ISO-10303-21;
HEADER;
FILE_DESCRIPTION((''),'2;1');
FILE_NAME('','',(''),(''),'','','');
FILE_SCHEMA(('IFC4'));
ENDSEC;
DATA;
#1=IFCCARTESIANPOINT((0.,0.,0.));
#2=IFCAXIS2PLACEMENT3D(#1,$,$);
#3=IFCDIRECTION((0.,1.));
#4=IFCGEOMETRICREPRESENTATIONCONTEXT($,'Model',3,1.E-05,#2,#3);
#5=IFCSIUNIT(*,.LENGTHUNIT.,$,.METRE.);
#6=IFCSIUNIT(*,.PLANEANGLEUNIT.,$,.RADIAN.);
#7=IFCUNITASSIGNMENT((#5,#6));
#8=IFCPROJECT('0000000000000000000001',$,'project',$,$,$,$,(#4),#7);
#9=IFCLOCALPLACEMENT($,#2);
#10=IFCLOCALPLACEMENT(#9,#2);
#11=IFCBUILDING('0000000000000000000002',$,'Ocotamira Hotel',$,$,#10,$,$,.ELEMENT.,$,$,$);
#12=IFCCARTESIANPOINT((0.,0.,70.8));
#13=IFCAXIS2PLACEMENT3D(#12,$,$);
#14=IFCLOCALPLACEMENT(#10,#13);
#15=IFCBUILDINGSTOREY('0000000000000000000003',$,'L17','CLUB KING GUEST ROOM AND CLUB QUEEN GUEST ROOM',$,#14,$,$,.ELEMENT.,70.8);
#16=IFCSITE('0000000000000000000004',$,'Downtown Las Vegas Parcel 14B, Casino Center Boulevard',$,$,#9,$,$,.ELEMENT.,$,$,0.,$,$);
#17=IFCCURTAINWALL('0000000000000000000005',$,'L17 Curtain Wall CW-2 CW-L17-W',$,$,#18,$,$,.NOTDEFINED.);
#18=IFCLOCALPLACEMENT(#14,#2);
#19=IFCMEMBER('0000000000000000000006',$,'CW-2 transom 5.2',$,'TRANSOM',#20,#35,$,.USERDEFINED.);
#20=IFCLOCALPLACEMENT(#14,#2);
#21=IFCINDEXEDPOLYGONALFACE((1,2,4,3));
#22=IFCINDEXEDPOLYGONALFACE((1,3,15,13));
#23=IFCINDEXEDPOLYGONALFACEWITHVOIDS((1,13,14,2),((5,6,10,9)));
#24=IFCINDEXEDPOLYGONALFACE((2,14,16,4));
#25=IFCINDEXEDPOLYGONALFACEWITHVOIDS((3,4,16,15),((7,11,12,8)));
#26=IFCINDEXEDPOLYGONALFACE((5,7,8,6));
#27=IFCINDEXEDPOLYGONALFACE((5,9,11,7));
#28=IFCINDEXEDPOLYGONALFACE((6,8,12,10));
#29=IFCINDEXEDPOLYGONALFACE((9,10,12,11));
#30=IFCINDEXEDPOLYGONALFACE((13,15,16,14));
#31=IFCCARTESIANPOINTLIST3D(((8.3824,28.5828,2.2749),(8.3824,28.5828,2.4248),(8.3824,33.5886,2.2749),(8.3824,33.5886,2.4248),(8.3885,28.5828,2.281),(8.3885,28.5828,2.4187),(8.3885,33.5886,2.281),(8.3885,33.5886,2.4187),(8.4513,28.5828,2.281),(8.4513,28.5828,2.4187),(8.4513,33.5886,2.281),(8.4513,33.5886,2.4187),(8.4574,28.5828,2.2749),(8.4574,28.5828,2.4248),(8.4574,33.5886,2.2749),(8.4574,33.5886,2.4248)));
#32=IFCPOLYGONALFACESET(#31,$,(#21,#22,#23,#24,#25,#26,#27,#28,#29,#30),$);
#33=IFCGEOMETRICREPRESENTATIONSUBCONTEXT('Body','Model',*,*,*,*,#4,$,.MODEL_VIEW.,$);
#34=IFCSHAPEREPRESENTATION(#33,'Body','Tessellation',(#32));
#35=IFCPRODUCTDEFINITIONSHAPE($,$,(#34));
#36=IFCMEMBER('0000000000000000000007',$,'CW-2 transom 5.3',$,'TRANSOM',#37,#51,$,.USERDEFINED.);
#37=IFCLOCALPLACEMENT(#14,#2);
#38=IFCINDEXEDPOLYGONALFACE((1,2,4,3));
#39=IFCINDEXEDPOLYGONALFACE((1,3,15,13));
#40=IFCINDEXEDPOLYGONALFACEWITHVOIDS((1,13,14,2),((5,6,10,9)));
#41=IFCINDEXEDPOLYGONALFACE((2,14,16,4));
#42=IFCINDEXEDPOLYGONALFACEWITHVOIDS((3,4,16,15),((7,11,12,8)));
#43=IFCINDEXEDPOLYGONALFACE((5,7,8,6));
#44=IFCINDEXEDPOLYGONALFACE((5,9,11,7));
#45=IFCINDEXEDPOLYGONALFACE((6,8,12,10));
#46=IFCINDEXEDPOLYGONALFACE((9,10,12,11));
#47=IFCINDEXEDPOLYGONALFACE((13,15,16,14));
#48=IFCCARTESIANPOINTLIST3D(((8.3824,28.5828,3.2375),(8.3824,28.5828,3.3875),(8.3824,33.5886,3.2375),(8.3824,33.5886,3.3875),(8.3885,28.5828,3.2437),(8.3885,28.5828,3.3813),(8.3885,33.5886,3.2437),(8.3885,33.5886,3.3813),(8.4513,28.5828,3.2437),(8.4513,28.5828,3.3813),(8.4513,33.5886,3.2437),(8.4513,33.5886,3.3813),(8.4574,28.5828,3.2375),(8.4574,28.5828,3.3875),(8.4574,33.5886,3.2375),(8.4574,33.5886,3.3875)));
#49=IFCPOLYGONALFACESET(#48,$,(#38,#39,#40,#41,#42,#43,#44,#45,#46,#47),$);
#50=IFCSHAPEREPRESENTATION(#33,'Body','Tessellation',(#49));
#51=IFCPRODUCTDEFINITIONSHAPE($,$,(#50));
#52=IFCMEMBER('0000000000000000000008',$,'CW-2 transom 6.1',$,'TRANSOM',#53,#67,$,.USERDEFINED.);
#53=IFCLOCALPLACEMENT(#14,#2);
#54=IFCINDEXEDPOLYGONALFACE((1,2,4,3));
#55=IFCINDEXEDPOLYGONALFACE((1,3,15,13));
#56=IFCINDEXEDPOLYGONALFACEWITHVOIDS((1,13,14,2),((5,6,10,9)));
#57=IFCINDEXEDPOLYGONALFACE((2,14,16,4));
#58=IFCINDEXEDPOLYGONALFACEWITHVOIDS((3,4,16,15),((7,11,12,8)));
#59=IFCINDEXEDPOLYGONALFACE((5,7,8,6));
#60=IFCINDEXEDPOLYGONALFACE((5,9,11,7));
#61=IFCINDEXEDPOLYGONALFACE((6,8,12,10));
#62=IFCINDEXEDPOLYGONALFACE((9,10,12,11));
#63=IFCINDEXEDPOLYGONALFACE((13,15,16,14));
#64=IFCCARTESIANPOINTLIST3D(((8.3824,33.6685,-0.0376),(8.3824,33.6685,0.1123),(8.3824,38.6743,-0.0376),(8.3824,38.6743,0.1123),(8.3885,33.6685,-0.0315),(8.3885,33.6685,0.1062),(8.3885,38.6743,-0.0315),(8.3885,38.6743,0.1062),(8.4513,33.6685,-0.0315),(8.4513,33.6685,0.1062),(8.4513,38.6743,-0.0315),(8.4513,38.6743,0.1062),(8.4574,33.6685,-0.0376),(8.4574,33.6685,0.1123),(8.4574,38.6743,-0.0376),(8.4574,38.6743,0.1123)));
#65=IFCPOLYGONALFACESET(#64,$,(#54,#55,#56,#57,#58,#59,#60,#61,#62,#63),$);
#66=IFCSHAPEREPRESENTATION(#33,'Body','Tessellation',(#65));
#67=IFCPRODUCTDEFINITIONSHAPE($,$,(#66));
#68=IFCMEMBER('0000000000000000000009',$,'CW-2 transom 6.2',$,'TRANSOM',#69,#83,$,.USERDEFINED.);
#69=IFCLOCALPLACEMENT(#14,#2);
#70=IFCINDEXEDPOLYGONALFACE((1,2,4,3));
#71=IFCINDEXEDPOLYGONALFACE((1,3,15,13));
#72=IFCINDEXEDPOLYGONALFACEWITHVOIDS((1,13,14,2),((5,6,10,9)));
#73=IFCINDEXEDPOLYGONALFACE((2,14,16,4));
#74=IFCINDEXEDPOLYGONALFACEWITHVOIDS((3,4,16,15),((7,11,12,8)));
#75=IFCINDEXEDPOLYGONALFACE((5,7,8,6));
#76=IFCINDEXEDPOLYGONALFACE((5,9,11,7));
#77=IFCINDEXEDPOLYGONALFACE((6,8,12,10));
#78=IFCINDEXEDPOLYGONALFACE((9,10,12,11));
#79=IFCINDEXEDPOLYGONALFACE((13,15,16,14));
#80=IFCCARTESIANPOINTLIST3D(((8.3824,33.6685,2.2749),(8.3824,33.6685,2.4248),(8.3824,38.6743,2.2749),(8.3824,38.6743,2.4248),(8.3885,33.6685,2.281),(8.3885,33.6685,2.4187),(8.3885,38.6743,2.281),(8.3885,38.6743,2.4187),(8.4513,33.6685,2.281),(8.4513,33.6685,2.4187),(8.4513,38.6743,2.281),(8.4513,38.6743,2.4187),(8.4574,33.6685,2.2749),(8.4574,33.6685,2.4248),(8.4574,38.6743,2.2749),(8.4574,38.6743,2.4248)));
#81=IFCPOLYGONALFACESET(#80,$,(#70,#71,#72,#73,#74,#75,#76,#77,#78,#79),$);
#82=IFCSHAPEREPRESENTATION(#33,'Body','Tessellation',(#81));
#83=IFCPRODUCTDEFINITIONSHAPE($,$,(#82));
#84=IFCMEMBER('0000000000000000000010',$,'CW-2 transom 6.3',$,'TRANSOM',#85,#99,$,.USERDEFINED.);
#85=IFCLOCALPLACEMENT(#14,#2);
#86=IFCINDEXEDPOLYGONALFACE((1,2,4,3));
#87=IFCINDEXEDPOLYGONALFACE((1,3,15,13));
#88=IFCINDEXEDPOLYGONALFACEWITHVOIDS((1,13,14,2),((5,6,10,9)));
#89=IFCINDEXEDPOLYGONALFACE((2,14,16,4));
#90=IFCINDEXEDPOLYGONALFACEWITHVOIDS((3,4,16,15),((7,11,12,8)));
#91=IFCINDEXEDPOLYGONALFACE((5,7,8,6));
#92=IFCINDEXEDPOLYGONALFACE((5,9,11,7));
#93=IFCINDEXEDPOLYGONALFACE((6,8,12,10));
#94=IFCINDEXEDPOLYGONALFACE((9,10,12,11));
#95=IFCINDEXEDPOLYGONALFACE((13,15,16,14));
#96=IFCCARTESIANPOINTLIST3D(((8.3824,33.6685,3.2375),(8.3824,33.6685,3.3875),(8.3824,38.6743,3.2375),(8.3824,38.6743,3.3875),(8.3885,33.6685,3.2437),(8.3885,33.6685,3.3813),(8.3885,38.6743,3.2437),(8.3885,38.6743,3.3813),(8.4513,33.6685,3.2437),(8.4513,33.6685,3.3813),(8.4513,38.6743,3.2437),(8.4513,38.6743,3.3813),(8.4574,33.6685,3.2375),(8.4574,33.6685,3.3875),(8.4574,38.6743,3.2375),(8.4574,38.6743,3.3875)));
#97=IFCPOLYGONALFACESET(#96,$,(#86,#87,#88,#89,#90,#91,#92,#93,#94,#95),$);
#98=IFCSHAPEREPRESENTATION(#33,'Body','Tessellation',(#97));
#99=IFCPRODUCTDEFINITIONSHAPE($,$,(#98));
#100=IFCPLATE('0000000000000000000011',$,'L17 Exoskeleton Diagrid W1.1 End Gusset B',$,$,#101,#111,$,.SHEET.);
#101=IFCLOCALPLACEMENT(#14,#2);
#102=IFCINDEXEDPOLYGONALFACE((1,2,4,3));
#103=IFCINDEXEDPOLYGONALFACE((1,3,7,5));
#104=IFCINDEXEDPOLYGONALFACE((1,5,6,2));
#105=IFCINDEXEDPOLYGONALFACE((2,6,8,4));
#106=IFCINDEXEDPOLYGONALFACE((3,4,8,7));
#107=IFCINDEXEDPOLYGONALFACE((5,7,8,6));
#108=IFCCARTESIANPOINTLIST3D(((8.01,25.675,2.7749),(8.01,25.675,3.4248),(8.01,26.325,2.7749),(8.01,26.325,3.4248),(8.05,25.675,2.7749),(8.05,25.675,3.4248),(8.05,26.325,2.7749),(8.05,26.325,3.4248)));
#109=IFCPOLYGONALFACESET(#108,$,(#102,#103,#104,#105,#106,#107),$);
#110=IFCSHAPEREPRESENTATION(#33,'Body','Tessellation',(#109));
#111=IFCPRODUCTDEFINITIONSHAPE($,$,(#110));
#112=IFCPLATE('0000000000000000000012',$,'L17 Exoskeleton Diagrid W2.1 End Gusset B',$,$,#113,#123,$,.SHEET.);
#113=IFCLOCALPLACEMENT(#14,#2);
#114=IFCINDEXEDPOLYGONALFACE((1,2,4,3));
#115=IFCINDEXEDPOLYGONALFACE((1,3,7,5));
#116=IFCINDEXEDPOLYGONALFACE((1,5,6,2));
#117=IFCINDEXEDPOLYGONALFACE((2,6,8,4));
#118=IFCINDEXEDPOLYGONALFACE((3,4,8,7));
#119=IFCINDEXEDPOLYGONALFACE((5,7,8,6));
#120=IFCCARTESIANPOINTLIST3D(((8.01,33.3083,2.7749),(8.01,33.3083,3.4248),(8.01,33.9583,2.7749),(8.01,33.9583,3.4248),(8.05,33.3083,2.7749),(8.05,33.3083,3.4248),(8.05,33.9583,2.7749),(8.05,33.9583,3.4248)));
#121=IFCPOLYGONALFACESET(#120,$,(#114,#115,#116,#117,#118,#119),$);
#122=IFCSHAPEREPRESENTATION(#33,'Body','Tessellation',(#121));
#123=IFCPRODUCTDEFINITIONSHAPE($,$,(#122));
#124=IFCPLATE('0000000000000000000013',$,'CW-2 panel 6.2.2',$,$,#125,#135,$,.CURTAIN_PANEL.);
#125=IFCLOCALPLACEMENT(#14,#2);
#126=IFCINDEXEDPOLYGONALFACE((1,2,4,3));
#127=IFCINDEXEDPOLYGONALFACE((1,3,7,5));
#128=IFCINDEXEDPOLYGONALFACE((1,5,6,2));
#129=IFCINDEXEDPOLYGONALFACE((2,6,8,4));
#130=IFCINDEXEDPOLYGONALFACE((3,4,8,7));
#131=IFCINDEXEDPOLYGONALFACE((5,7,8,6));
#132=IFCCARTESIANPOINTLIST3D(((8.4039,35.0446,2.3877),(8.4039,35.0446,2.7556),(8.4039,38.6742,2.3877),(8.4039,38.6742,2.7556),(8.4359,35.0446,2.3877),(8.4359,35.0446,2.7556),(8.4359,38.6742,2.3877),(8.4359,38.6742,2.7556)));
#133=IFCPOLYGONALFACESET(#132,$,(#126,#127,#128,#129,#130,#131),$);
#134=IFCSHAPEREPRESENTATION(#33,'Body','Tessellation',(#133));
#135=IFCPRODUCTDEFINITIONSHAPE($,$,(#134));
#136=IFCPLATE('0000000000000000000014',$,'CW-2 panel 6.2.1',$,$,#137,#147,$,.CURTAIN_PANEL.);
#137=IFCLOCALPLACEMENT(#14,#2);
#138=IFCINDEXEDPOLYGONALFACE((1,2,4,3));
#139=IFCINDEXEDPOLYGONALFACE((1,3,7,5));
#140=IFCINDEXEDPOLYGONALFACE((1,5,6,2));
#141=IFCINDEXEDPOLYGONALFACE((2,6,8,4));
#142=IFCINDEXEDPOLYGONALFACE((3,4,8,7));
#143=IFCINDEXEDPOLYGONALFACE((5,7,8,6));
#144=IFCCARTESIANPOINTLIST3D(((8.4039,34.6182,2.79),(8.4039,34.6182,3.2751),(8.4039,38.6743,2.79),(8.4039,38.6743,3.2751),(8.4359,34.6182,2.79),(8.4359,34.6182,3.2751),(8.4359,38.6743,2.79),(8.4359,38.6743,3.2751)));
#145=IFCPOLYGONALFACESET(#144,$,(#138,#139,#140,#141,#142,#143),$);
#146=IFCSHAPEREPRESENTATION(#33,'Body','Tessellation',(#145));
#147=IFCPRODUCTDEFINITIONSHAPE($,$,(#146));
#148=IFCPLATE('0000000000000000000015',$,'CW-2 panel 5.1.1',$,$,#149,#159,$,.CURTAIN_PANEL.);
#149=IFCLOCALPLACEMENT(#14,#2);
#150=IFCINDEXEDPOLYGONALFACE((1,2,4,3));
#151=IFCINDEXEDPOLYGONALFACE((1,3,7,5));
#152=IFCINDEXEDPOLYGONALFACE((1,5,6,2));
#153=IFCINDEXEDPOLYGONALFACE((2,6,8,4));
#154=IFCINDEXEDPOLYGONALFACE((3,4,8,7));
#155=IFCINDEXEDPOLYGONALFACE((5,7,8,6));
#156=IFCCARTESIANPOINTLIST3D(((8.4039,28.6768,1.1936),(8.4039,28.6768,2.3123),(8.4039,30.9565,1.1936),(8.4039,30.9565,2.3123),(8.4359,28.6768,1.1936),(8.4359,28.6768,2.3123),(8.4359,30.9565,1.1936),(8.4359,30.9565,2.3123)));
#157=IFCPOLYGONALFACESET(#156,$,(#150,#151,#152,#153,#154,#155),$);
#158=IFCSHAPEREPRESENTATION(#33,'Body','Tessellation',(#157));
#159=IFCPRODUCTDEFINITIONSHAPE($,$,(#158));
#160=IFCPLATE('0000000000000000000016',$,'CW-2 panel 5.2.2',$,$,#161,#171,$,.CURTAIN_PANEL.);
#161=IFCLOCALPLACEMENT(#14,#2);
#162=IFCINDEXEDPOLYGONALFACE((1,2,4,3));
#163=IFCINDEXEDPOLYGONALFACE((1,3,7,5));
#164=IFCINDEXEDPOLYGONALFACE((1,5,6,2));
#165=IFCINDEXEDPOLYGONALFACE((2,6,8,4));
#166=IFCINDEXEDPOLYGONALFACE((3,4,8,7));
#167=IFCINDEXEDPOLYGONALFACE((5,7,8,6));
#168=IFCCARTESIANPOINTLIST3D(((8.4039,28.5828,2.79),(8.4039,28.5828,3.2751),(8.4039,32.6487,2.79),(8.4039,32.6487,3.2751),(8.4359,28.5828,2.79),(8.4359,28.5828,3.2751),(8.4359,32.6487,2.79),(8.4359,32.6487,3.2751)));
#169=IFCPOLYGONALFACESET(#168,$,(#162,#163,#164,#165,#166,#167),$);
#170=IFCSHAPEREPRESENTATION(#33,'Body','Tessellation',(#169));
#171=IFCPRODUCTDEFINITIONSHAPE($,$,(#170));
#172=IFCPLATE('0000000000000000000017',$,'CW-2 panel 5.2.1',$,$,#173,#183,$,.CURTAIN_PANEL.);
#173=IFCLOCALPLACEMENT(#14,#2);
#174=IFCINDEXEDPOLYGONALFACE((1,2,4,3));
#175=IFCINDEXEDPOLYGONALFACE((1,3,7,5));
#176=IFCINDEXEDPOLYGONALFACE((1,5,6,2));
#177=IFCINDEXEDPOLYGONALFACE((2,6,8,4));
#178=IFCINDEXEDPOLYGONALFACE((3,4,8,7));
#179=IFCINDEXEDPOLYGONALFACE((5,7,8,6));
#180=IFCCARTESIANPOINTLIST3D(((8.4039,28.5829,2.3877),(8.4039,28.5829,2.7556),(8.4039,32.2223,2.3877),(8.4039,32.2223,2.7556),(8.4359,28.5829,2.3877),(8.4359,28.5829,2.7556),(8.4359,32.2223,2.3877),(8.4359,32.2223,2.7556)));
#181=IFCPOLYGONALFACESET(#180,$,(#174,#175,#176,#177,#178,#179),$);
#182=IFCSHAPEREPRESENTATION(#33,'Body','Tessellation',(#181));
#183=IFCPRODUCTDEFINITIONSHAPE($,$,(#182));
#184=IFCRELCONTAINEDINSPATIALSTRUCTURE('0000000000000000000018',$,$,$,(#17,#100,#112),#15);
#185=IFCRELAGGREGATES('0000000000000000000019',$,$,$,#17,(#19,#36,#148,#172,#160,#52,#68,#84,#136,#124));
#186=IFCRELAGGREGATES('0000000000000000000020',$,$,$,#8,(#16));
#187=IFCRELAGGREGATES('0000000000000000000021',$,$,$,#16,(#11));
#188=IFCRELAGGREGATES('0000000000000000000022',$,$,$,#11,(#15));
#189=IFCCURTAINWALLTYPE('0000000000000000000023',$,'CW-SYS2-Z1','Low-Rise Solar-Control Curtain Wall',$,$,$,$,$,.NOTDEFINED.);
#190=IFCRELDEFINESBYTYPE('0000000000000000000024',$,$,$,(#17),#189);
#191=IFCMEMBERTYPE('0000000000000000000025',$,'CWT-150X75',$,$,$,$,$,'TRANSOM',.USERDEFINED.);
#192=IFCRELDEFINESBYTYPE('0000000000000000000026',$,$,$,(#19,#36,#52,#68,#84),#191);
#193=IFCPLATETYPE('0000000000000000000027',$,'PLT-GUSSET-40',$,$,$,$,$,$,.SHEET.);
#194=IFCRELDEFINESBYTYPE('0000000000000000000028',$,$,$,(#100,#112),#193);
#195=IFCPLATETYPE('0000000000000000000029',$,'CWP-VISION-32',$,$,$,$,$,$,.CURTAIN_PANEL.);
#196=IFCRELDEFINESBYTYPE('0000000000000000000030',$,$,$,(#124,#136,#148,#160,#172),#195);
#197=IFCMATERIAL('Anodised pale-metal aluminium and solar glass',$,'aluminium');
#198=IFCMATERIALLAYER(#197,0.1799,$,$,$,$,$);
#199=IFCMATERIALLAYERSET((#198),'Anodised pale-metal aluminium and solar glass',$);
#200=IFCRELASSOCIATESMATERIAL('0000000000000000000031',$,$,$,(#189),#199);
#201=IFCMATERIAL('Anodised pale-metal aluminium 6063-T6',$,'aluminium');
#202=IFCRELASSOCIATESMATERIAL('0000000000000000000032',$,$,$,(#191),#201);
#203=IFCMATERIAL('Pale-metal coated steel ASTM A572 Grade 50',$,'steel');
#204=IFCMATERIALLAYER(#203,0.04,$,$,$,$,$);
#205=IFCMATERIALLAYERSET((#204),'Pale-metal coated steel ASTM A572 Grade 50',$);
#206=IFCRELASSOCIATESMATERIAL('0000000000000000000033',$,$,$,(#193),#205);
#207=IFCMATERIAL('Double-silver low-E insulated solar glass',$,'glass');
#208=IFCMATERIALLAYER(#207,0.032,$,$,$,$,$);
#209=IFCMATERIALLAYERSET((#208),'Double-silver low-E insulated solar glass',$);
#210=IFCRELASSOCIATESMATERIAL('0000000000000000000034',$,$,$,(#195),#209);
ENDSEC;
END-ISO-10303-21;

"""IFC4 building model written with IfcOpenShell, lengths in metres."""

from ifc_helpers import new_model, si_unit, direction, frame, origin, origin_2d, place, context, subcontext, project, spatial, rectangle, hollow_rectangle, extrude, source, transform, mapped, material, layer, layer_set, material_profile, profile_set, type_object, element, aggregate, save


model = new_model("IFC4")

# Units and contexts
model_context = context("Model", 3, precision=1e-05, world=origin(), true_north=direction((0.0, 1.0)))
body_context = subcontext(model_context, "Body", "Model", "MODEL_VIEW")
ifc_project = project(units=[si_unit("LENGTHUNIT", "METRE"), si_unit("PLANEANGLEUNIT", "RADIAN")], contexts=[model_context])

# Site, building, storey
site_placement = place(None, origin())
site = spatial("IfcSite", under=ifc_project, at=site_placement, Name="Downtown Las Vegas Parcel 14B, Casino Center Boulevard", CompositionType="ELEMENT", RefElevation=0.0)
building_placement = place(site_placement, origin())
building = spatial("IfcBuilding", under=site, at=building_placement, Name="Ocotamira Hotel", CompositionType="ELEMENT")
storey_placement = place(building_placement, frame((0.0, 0.0, 70.8)))
storey = spatial("IfcBuildingStorey", under=building, at=storey_placement, Name="L17", Description="CLUB KING GUEST ROOM AND CLUB QUEEN GUEST ROOM", CompositionType="ELEMENT", Elevation=70.8)

# Curtain wall, members
ifc_material_1 = material(Name="Anodised pale-metal aluminium and solar glass", Category="aluminium")
ifc_layer_1 = layer(ifc_material_1, 0.1799)
ifc_layer_set_1 = layer_set([ifc_layer_1], Name="Anodised pale-metal aluminium and solar glass")
curtain_wall_type = type_object("IfcCurtainWallType", Name="CW-SYS2-Z1", Description="Low-Rise Solar-Control Curtain Wall", PredefinedType="NOTDEFINED", material=ifc_layer_set_1)
curtain_wall_placement = place(storey_placement, origin())
curtain_wall = element("IfcCurtainWall", 1, at=curtain_wall_placement, inside=storey, type_object=curtain_wall_type, Name="L17 Curtain Wall CW-2 CW-L17-W", PredefinedType="NOTDEFINED")
ifc_material_2 = material(Name="Anodised pale-metal aluminium 6063-T6", Category="aluminium")
ifc_material_profile_1 = material_profile(ifc_material_2, hollow_rectangle(XDim=0.075, YDim=0.1499, WallThickness=0.0061, at=origin_2d()), Name="HSS150X75X6")
ifc_profile_set_1 = profile_set([ifc_material_profile_1], Name="Anodised pale-metal aluminium 6063-T6")
member_type_1 = type_object("IfcMemberType", Name="CWT-150X75", ElementType="TRANSOM", PredefinedType="USERDEFINED", material=ifc_profile_set_1)
shared_shape_1 = source(origin(), body_context, "Body", "SweptSolid", [
    extrude(hollow_rectangle(XDim=0.075, YDim=0.1499, WallThickness=0.0061, at=origin_2d()), origin(), (0.0, 0.0, 1.0), 5.0059),
])
member_1_placement = place(storey_placement, frame((8.4199, 28.5828, 2.3499), z_axis=(0.0, 1.0, 0.0), x_axis=(-1.0, 0.0, 0.0)))
member_1 = element("IfcMember", 2, at=member_1_placement, type_object=member_type_1, Name="CW-2 transom 5.2", ObjectType="TRANSOM", PredefinedType="USERDEFINED", context=body_context, shape_type="MappedRepresentation", body=[
    mapped(shared_shape_1, transform((0.0, 0.0, 0.0), scale=1.0)),
])
member_2_placement = place(storey_placement, frame((8.4199, 28.5828, 3.3125), z_axis=(0.0, 1.0, 0.0), x_axis=(-1.0, 0.0, 0.0)))
member_2 = element("IfcMember", 3, at=member_2_placement, type_object=member_type_1, Name="CW-2 transom 5.3", ObjectType="TRANSOM", PredefinedType="USERDEFINED", context=body_context, shape_type="MappedRepresentation", body=[
    mapped(shared_shape_1, transform((0.0, 0.0, 0.0), scale=1.0)),
])
member_3_placement = place(storey_placement, frame((8.4199, 33.6685, 0.0374), z_axis=(0.0, 1.0, 0.0), x_axis=(-1.0, 0.0, 0.0)))
member_3 = element("IfcMember", 4, at=member_3_placement, type_object=member_type_1, Name="CW-2 transom 6.1", ObjectType="TRANSOM", PredefinedType="USERDEFINED", context=body_context, shape_type="MappedRepresentation", body=[
    mapped(shared_shape_1, transform((0.0, 0.0, 0.0), scale=1.0)),
])
member_4_placement = place(storey_placement, frame((8.4199, 33.6685, 2.3499), z_axis=(0.0, 1.0, 0.0), x_axis=(-1.0, 0.0, 0.0)))
member_4 = element("IfcMember", 5, at=member_4_placement, type_object=member_type_1, Name="CW-2 transom 6.2", ObjectType="TRANSOM", PredefinedType="USERDEFINED", context=body_context, shape_type="MappedRepresentation", body=[
    mapped(shared_shape_1, transform((0.0, 0.0, 0.0), scale=1.0)),
])
member_5_placement = place(storey_placement, frame((8.4199, 33.6685, 3.3125), z_axis=(0.0, 1.0, 0.0), x_axis=(-1.0, 0.0, 0.0)))
member_5 = element("IfcMember", 6, at=member_5_placement, type_object=member_type_1, Name="CW-2 transom 6.3", ObjectType="TRANSOM", PredefinedType="USERDEFINED", context=body_context, shape_type="MappedRepresentation", body=[
    mapped(shared_shape_1, transform((0.0, 0.0, 0.0), scale=1.0)),
])

# Plates
ifc_material_3 = material(Name="Pale-metal coated steel ASTM A572 Grade 50", Category="steel")
ifc_layer_2 = layer(ifc_material_3, 0.04)
ifc_layer_set_2 = layer_set([ifc_layer_2], Name="Pale-metal coated steel ASTM A572 Grade 50")
plate_type_1 = type_object("IfcPlateType", Name="PLT-GUSSET-40", PredefinedType="SHEET", material=ifc_layer_set_2)
shared_shape_2 = source(origin(), body_context, "Body", "SweptSolid", [
    extrude(rectangle(XDim=0.04, YDim=0.6499, at=origin_2d()), origin(), (0.0, 0.0, 1.0), 0.6499),
])
for number, where, z_axis, x_axis, name in (
    (7, (8.03, 26.0, 2.7749), (0.0, 0.0, 1.0), (1.0, 0.0, 0.0), "L17 Exoskeleton Diagrid W1.1 End Gusset B"),
    (8, (8.03, 33.6333, 2.7749), (0.0, 0.0, 1.0), (1.0, 0.0, 0.0), "L17 Exoskeleton Diagrid W2.1 End Gusset B"),
):
    element("IfcPlate", number, at=place(storey_placement, frame(where, z_axis=z_axis, x_axis=x_axis)), inside=storey, type_object=plate_type_1, Name=name, PredefinedType="SHEET", context=body_context, shape_type="MappedRepresentation", body=[
        mapped(shared_shape_2, transform((0.0, 0.0, 0.0), scale=1.0)),
    ])

# Plates
ifc_material_4 = material(Name="Double-silver low-E insulated solar glass", Category="glass")
ifc_layer_3 = layer(ifc_material_4, 0.032)
ifc_layer_set_3 = layer_set([ifc_layer_3], Name="Double-silver low-E insulated solar glass")
plate_type_2 = type_object("IfcPlateType", Name="CWP-VISION-32", PredefinedType="CURTAIN_PANEL", material=ifc_layer_set_3)
shared_shape_3 = source(origin(), body_context, "Body", "SweptSolid", [
    extrude(rectangle(XDim=3.6296, YDim=0.032, at=origin_2d()), origin(), (0.0, 0.0, 1.0), 0.3679),
])
plate_1_placement = place(storey_placement, frame((8.4199, 36.8594, 2.3877), z_axis=(0.0, 0.0, 1.0), x_axis=(0.0, 1.0, 0.0)))
plate_1 = element("IfcPlate", 9, at=plate_1_placement, type_object=plate_type_2, Name="CW-2 panel 6.2.2", PredefinedType="CURTAIN_PANEL", context=body_context, shape_type="MappedRepresentation", body=[
    mapped(shared_shape_3, transform((0.0, 0.0, 0.0), scale=1.0)),
])
shared_shape_4 = source(origin(), body_context, "Body", "SweptSolid", [
    extrude(rectangle(XDim=4.0562, YDim=0.032, at=origin_2d()), origin(), (0.0, 0.0, 1.0), 0.4851),
])
plate_2_placement = place(storey_placement, frame((8.4199, 36.6462, 2.79), z_axis=(0.0, 0.0, 1.0), x_axis=(0.0, 1.0, 0.0)))
plate_2 = element("IfcPlate", 10, at=plate_2_placement, type_object=plate_type_2, Name="CW-2 panel 6.2.1", PredefinedType="CURTAIN_PANEL", context=body_context, shape_type="MappedRepresentation", body=[
    mapped(shared_shape_4, transform((0.0, 0.0, 0.0), scale=1.0)),
])
shared_shape_5 = source(origin(), body_context, "Body", "SweptSolid", [
    extrude(rectangle(XDim=2.2798, YDim=0.032, at=origin_2d()), origin(), (0.0, 0.0, 1.0), 1.1187),
])
plate_3_placement = place(storey_placement, frame((8.4199, 29.8167, 1.1936), z_axis=(0.0, 0.0, 1.0), x_axis=(0.0, 1.0, 0.0)))
plate_3 = element("IfcPlate", 11, at=plate_3_placement, type_object=plate_type_2, Name="CW-2 panel 5.1.1", PredefinedType="CURTAIN_PANEL", context=body_context, shape_type="MappedRepresentation", body=[
    mapped(shared_shape_5, transform((0.0, 0.0, 0.0), scale=1.0)),
])
shared_shape_6 = source(origin(), body_context, "Body", "SweptSolid", [
    extrude(rectangle(XDim=4.0659, YDim=0.032, at=origin_2d()), origin(), (0.0, 0.0, 1.0), 0.4851),
])
plate_4_placement = place(storey_placement, frame((8.4199, 30.6157, 2.79), z_axis=(0.0, 0.0, 1.0), x_axis=(0.0, 1.0, 0.0)))
plate_4 = element("IfcPlate", 12, at=plate_4_placement, type_object=plate_type_2, Name="CW-2 panel 5.2.2", PredefinedType="CURTAIN_PANEL", context=body_context, shape_type="MappedRepresentation", body=[
    mapped(shared_shape_6, transform((0.0, 0.0, 0.0), scale=1.0)),
])
shared_shape_7 = source(origin(), body_context, "Body", "SweptSolid", [
    extrude(rectangle(XDim=3.6394, YDim=0.032, at=origin_2d()), origin(), (0.0, 0.0, 1.0), 0.3679),
])
plate_5_placement = place(storey_placement, frame((8.4199, 30.4026, 2.3877), z_axis=(0.0, 0.0, 1.0), x_axis=(0.0, 1.0, 0.0)))
plate_5 = element("IfcPlate", 13, at=plate_5_placement, type_object=plate_type_2, Name="CW-2 panel 5.2.1", PredefinedType="CURTAIN_PANEL", context=body_context, shape_type="MappedRepresentation", body=[
    mapped(shared_shape_7, transform((0.0, 0.0, 0.0), scale=1.0)),
])
aggregate(curtain_wall, [member_1, member_2, plate_3, plate_5, plate_4, member_3, member_4, member_5, plate_2, plate_1])

save(model, "model.ifc")
